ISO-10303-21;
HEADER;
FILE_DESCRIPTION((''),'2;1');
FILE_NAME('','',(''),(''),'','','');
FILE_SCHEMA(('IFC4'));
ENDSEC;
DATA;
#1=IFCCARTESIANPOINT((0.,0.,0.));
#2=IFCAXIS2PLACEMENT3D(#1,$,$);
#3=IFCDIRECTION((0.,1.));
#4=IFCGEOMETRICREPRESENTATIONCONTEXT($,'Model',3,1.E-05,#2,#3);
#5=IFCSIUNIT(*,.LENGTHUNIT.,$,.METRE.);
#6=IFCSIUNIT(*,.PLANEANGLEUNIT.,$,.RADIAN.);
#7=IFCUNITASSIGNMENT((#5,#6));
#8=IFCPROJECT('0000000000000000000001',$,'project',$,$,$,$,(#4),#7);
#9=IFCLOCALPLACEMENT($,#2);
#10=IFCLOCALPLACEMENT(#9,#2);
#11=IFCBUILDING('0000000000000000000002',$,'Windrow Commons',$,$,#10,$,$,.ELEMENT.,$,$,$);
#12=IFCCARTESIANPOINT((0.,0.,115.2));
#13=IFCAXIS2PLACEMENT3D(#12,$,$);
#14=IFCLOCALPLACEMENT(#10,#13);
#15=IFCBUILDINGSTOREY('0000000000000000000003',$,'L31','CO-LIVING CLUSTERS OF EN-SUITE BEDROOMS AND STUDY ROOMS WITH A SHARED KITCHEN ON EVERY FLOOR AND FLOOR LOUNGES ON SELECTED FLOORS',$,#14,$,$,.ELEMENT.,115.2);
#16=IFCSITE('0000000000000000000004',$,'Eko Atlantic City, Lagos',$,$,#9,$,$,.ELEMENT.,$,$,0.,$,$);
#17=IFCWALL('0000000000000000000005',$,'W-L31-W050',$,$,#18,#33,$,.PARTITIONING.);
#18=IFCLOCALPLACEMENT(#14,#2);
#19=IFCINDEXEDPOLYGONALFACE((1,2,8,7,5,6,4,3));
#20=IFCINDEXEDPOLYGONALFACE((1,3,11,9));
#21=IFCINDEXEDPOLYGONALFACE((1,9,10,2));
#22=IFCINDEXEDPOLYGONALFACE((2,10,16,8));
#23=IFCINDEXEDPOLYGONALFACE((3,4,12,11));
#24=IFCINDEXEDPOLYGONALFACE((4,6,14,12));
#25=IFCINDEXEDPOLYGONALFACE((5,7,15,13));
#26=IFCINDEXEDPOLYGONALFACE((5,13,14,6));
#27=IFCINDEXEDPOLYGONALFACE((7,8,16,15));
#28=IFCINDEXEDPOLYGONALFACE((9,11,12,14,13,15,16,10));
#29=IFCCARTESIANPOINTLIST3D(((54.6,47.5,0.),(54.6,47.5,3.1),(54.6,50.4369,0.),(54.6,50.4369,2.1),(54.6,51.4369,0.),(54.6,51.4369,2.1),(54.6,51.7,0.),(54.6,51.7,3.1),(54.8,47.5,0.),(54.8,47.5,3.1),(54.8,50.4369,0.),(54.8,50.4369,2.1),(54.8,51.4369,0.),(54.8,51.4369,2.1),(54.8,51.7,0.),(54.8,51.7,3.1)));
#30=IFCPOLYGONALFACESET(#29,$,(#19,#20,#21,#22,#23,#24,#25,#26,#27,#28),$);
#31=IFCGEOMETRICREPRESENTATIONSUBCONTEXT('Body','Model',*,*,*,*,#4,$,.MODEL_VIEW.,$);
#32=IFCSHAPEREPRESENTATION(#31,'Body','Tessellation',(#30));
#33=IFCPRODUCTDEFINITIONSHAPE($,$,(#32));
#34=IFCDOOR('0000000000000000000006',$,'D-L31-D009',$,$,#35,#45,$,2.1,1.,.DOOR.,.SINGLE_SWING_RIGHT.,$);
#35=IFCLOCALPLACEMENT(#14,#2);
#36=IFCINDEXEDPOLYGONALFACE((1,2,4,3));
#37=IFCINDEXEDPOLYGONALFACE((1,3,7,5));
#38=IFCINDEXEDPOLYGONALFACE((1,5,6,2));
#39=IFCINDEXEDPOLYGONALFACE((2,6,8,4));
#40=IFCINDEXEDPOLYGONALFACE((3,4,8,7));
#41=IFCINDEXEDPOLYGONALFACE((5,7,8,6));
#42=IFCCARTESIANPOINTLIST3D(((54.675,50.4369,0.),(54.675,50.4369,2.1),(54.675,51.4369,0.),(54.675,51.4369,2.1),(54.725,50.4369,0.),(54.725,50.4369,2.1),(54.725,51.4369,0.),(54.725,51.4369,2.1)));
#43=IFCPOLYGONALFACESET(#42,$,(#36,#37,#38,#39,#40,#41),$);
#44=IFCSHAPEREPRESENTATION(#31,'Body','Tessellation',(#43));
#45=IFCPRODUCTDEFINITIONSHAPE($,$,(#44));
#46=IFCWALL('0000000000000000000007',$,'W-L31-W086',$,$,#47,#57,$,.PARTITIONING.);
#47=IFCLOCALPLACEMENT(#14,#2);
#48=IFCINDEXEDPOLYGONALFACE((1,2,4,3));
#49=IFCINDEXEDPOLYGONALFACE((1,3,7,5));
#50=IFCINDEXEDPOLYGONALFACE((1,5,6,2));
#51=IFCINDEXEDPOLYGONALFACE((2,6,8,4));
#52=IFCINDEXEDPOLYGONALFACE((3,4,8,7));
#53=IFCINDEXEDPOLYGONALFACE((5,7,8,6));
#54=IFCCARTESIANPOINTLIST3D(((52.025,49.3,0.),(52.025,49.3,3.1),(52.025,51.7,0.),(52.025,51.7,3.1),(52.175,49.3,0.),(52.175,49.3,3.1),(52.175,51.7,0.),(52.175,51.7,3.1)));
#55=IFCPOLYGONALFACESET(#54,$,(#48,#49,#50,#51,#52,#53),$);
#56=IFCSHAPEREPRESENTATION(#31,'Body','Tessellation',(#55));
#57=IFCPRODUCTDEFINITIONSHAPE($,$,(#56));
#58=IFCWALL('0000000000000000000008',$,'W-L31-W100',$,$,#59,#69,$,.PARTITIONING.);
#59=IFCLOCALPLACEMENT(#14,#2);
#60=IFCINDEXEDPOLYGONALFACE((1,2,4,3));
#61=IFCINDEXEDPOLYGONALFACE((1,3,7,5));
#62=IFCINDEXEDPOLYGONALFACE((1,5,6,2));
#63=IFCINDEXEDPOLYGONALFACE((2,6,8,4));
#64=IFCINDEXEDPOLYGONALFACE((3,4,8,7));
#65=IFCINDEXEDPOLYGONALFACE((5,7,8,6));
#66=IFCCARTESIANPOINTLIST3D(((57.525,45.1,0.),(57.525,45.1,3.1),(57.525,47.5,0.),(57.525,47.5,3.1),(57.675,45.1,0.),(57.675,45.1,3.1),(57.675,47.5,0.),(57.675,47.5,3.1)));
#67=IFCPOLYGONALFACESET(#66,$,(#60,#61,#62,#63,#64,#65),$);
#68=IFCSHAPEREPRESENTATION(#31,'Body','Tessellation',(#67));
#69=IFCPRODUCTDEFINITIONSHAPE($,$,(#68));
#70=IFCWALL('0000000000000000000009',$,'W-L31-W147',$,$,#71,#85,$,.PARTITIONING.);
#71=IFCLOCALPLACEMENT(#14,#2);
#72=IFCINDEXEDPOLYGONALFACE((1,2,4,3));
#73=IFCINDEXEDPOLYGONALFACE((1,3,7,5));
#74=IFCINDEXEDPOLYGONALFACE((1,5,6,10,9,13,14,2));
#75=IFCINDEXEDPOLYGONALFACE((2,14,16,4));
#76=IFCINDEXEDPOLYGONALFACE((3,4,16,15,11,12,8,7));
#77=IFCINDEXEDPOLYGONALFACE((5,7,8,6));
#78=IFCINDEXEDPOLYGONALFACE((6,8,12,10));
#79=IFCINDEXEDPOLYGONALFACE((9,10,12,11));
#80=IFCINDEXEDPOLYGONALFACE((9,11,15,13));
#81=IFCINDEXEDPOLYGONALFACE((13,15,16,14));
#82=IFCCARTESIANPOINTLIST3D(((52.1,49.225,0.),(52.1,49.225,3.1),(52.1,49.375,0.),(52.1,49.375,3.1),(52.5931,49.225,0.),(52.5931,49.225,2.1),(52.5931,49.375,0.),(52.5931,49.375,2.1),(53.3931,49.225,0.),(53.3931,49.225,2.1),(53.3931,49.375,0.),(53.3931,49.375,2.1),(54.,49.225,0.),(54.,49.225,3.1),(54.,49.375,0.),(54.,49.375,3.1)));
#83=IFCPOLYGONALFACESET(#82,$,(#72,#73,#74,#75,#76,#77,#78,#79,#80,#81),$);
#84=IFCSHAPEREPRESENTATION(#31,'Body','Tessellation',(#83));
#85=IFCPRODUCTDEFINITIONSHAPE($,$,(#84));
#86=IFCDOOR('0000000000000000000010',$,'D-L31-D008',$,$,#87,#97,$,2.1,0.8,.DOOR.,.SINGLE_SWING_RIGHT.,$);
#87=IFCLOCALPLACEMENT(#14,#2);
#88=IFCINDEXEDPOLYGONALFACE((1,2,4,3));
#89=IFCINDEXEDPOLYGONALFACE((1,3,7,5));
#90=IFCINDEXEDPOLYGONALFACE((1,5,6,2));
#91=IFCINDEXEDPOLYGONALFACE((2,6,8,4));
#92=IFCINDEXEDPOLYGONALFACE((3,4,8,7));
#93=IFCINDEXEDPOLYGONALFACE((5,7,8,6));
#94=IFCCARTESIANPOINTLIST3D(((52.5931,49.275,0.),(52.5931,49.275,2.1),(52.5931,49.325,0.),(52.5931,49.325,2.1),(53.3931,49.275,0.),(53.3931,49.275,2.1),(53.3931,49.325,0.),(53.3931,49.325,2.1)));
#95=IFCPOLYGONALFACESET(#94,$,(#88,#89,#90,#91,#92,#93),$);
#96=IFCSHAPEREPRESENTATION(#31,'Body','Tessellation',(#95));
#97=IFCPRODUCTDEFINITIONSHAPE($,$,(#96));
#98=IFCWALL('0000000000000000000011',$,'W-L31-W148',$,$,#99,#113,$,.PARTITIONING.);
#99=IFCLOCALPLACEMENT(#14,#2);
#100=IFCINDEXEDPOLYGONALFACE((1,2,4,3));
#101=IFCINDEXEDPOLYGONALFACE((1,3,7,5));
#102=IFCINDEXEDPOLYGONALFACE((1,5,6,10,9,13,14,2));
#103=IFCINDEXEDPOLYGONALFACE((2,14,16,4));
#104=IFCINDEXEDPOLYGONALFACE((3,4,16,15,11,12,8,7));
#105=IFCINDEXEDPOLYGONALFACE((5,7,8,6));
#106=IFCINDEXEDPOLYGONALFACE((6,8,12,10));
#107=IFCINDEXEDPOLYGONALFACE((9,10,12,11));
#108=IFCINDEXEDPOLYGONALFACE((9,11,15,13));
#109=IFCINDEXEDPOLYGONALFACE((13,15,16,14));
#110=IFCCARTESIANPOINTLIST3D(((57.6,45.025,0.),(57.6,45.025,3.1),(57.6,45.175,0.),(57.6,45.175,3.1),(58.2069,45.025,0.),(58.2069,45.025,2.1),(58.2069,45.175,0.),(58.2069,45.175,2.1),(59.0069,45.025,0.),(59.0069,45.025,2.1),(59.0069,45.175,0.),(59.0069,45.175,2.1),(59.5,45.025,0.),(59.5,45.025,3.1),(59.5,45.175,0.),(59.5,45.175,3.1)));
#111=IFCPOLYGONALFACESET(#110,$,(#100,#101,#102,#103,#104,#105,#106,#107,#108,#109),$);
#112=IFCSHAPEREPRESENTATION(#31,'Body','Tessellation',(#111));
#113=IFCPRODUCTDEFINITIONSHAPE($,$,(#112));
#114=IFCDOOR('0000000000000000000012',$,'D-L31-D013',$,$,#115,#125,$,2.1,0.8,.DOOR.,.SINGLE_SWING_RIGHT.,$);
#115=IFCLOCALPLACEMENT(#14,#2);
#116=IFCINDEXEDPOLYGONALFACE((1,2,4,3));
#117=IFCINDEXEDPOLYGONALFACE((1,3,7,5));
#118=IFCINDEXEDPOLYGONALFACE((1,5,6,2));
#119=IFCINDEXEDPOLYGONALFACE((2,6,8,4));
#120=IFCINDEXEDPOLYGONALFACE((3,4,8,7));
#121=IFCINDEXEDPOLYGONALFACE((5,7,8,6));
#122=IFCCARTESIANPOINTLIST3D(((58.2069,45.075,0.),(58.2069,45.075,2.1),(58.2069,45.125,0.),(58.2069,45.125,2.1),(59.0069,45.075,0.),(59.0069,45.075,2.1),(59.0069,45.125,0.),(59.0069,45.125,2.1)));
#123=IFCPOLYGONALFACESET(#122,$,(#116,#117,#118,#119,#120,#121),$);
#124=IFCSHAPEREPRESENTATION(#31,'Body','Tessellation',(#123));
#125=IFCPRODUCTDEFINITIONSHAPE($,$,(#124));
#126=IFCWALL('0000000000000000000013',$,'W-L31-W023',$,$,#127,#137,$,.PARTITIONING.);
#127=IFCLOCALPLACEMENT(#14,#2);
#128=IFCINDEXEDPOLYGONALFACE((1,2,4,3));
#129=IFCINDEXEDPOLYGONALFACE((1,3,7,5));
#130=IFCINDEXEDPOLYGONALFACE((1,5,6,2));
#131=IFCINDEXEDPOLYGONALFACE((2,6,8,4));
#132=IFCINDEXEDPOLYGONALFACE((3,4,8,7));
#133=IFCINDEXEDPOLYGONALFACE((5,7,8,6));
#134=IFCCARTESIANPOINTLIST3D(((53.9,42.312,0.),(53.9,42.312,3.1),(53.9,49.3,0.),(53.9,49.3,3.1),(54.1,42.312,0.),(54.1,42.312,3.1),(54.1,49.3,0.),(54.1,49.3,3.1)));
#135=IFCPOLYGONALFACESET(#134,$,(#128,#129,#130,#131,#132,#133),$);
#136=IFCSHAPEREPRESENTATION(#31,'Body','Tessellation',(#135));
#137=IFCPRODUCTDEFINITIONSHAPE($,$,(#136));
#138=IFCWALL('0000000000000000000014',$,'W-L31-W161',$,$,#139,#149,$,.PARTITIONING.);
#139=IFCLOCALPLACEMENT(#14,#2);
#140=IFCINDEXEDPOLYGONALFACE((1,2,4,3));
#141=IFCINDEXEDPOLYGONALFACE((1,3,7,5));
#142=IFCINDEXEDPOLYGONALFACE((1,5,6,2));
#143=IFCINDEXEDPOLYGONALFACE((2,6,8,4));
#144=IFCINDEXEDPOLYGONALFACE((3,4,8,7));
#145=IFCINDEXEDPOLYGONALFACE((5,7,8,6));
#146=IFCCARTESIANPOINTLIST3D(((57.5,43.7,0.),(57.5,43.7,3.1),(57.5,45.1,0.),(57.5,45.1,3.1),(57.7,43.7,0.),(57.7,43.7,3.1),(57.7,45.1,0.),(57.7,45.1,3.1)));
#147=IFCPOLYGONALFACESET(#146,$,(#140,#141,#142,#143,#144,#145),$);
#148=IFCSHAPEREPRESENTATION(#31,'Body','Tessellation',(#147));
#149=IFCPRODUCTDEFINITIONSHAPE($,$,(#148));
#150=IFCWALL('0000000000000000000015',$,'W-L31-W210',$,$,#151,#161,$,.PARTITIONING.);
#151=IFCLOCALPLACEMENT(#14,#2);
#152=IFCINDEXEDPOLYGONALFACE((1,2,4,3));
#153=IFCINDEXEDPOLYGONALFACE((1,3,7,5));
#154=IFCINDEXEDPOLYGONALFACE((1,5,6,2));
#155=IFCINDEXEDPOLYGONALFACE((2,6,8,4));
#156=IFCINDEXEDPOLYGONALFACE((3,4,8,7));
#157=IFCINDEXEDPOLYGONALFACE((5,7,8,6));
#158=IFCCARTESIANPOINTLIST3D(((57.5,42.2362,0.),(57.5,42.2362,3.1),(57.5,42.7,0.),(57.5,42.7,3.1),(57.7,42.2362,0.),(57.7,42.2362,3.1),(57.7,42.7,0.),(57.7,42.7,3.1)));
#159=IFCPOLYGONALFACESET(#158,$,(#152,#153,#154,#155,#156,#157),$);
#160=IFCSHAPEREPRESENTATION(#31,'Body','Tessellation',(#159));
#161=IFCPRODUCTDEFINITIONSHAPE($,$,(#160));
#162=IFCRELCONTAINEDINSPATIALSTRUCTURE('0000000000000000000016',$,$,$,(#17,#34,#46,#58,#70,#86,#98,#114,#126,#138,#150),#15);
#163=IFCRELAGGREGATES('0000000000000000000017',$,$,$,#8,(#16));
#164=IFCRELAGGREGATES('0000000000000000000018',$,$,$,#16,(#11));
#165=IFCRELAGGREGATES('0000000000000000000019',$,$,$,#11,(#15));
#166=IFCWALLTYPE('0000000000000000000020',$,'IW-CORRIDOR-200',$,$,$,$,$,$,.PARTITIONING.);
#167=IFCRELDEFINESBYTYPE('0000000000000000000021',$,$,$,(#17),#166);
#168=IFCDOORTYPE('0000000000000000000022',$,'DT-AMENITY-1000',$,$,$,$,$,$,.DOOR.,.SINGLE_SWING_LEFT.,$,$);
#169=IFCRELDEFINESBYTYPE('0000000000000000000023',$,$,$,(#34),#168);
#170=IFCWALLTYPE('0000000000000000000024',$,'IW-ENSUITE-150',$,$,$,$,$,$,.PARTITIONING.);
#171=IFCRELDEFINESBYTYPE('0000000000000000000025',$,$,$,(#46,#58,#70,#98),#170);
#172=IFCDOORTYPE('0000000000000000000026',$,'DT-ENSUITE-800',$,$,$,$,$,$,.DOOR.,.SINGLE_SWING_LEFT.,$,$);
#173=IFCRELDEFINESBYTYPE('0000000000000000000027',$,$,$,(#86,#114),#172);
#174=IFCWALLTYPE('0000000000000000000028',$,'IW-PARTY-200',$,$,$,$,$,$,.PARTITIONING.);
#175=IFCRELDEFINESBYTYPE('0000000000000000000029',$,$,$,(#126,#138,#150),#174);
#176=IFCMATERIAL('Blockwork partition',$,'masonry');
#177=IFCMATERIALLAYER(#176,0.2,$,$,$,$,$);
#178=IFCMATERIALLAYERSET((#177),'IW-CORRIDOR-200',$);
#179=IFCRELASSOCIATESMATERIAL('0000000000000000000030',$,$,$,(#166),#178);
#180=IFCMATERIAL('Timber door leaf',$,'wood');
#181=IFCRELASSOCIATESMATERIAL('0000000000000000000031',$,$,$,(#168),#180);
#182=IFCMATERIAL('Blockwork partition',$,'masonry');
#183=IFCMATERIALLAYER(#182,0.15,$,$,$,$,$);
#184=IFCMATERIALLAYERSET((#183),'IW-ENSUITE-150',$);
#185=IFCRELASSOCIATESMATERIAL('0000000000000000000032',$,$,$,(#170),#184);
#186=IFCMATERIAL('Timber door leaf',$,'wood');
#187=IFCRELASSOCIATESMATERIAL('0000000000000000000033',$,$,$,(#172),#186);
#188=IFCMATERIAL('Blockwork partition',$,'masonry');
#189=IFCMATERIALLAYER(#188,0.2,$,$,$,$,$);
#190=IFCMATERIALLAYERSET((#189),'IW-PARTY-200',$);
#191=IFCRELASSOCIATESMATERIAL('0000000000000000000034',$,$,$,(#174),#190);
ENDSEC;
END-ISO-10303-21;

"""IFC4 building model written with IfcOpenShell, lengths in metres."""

from ifc_helpers import new_model, si_unit, direction, frame, frame_2d, origin, place, context, subcontext, project, spatial, rectangle, extrude, material, layer, layer_set, type_object, element, fill, save


model = new_model("IFC4")

# Units and contexts
model_context = context("Model", 3, precision=1e-05, world=origin(), true_north=direction((0.0, 1.0)))
body_context = subcontext(model_context, "Body", "Model", "MODEL_VIEW")
ifc_project = project(units=[si_unit("LENGTHUNIT", "METRE"), si_unit("PLANEANGLEUNIT", "RADIAN")], contexts=[model_context])

# Site, building, storey
site_placement = place(None, origin())
site = spatial("IfcSite", under=ifc_project, at=site_placement, Name="Eko Atlantic City, Lagos", CompositionType="ELEMENT", RefElevation=0.0)
building_placement = place(site_placement, origin())
building = spatial("IfcBuilding", under=site, at=building_placement, Name="Windrow Commons", CompositionType="ELEMENT")
storey_placement = place(building_placement, frame((0.0, 0.0, 115.2)))
storey = spatial("IfcBuildingStorey", under=building, at=storey_placement, Name="L31", Description="CO-LIVING CLUSTERS OF EN-SUITE BEDROOMS AND STUDY ROOMS WITH A SHARED KITCHEN ON EVERY FLOOR AND FLOOR LOUNGES ON SELECTED FLOORS", CompositionType="ELEMENT", Elevation=115.2)

# Shared definitions
ifc_material_1 = material(Name="Blockwork partition", Category="masonry")
ifc_layer_1 = layer(ifc_material_1, 0.2)
ifc_layer_set_1 = layer_set([ifc_layer_1], Name="IW-CORRIDOR-200")
wall_type_1 = type_object("IfcWallType", Name="IW-CORRIDOR-200", PredefinedType="PARTITIONING", material=ifc_layer_set_1)

# Wall, opening, door
wall_1_placement = place(storey_placement, frame((54.7, 47.5, 0.0), z_axis=(0.0, 0.0, 1.0), x_axis=(0.0, 1.0, 0.0)))
wall_1 = element("IfcWall", 1, at=wall_1_placement, inside=storey, type_object=wall_type_1, Name="W-L31-W050", PredefinedType="PARTITIONING", context=body_context, shape_type="SweptSolid", body=[
    extrude(rectangle(XDim=4.2, YDim=0.2, at=frame_2d((2.1, 0.0))), origin(), (0.0, 0.0, 1.0), 3.1),
])
opening_1_placement = place(wall_1_placement, frame((2.9369, 0.0, 0.0)))
opening_1 = element("IfcOpeningElement", 2, at=opening_1_placement, cuts=wall_1, PredefinedType="OPENING", context=body_context, shape_type="SweptSolid", body=[
    extrude(rectangle(XDim=1.0, YDim=2.1, at=frame_2d((0.5, 1.05))), frame((0.0, 0.11, 0.0), z_axis=(0.0, -1.0, 0.0), x_axis=(1.0, 0.0, 0.0)), (0.0, 0.0, 1.0), 0.22),
])
ifc_material_2 = material(Name="Timber door leaf", Category="wood")
door_type_1 = type_object("IfcDoorType", Name="DT-AMENITY-1000", OperationType="SINGLE_SWING_LEFT", PredefinedType="DOOR", material=ifc_material_2)
door_1_placement = place(opening_1_placement, origin())
door_1 = element("IfcDoor", 3, at=door_1_placement, inside=storey, type_object=door_type_1, Name="D-L31-D009", OperationType="SINGLE_SWING_RIGHT", OverallHeight=2.1, OverallWidth=1.0, PredefinedType="DOOR", context=body_context, shape_type="SweptSolid", body=[
    extrude(rectangle(XDim=1.0, YDim=2.1, at=frame_2d((0.5, 1.05))), frame((0.0, 0.025, 0.0), z_axis=(0.0, -1.0, 0.0), x_axis=(1.0, 0.0, 0.0)), (0.0, 0.0, 1.0), 0.05),
])
fill(opening_1, door_1)

# Walls
ifc_material_3 = material(Name="Blockwork partition", Category="masonry")
ifc_layer_2 = layer(ifc_material_3, 0.15)
ifc_layer_set_2 = layer_set([ifc_layer_2], Name="IW-ENSUITE-150")
wall_type_2 = type_object("IfcWallType", Name="IW-ENSUITE-150", PredefinedType="PARTITIONING", material=ifc_layer_set_2)
for number, where, z_axis, x_axis, name in (
    (4, (52.1, 49.3, 0.0), (0.0, 0.0, 1.0), (0.0, 1.0, 0.0), "W-L31-W086"),
    (5, (57.6, 45.1, 0.0), (0.0, 0.0, 1.0), (0.0, 1.0, 0.0), "W-L31-W100"),
):
    element("IfcWall", number, at=place(storey_placement, frame(where, z_axis=z_axis, x_axis=x_axis)), inside=storey, type_object=wall_type_2, Name=name, PredefinedType="PARTITIONING", context=body_context, shape_type="SweptSolid", body=[
        extrude(rectangle(XDim=2.4, YDim=0.15, at=frame_2d((1.2, 0.0))), origin(), (0.0, 0.0, 1.0), 3.1),
    ])

# Walls, openings, doors
wall_2_placement = place(storey_placement, frame((52.1, 49.3, 0.0), z_axis=(0.0, 0.0, 1.0), x_axis=(1.0, 0.0, 0.0)))
wall_2 = element("IfcWall", 6, at=wall_2_placement, inside=storey, type_object=wall_type_2, Name="W-L31-W147", PredefinedType="PARTITIONING", context=body_context, shape_type="SweptSolid", body=[
    extrude(rectangle(XDim=1.9, YDim=0.15, at=frame_2d((0.95, 0.0))), origin(), (0.0, 0.0, 1.0), 3.1),
])
opening_2_placement = place(wall_2_placement, frame((0.4931, 0.0, 0.0)))
opening_2 = element("IfcOpeningElement", 7, at=opening_2_placement, cuts=wall_2, PredefinedType="OPENING", context=body_context, shape_type="SweptSolid", body=[
    extrude(rectangle(XDim=0.8, YDim=2.1, at=frame_2d((0.4, 1.05))), frame((0.0, 0.085, 0.0), z_axis=(0.0, -1.0, 0.0), x_axis=(1.0, 0.0, 0.0)), (0.0, 0.0, 1.0), 0.17),
])
ifc_material_4 = material(Name="Timber door leaf", Category="wood")
door_type_2 = type_object("IfcDoorType", Name="DT-ENSUITE-800", OperationType="SINGLE_SWING_LEFT", PredefinedType="DOOR", material=ifc_material_4)
door_2_placement = place(opening_2_placement, origin())
door_2 = element("IfcDoor", 8, at=door_2_placement, inside=storey, type_object=door_type_2, Name="D-L31-D008", OperationType="SINGLE_SWING_RIGHT", OverallHeight=2.1, OverallWidth=0.8, PredefinedType="DOOR", context=body_context, shape_type="SweptSolid", body=[
    extrude(rectangle(XDim=0.8, YDim=2.1, at=frame_2d((0.4, 1.05))), frame((0.0, 0.025, 0.0), z_axis=(0.0, -1.0, 0.0), x_axis=(1.0, 0.0, 0.0)), (0.0, 0.0, 1.0), 0.05),
])
fill(opening_2, door_2)
wall_3_placement = place(storey_placement, frame((57.6, 45.1, 0.0), z_axis=(0.0, 0.0, 1.0), x_axis=(1.0, 0.0, 0.0)))
wall_3 = element("IfcWall", 9, at=wall_3_placement, inside=storey, type_object=wall_type_2, Name="W-L31-W148", PredefinedType="PARTITIONING", context=body_context, shape_type="SweptSolid", body=[
    extrude(rectangle(XDim=1.9, YDim=0.15, at=frame_2d((0.95, 0.0))), origin(), (0.0, 0.0, 1.0), 3.1),
])
opening_3_placement = place(wall_3_placement, frame((0.6069, 0.0, 0.0)))
opening_3 = element("IfcOpeningElement", 10, at=opening_3_placement, cuts=wall_3, PredefinedType="OPENING", context=body_context, shape_type="SweptSolid", body=[
    extrude(rectangle(XDim=0.8, YDim=2.1, at=frame_2d((0.4, 1.05))), frame((0.0, 0.085, 0.0), z_axis=(0.0, -1.0, 0.0), x_axis=(1.0, 0.0, 0.0)), (0.0, 0.0, 1.0), 0.17),
])
door_3_placement = place(opening_3_placement, origin())
door_3 = element("IfcDoor", 11, at=door_3_placement, inside=storey, type_object=door_type_2, Name="D-L31-D013", OperationType="SINGLE_SWING_RIGHT", OverallHeight=2.1, OverallWidth=0.8, PredefinedType="DOOR", context=body_context, shape_type="SweptSolid", body=[
    extrude(rectangle(XDim=0.8, YDim=2.1, at=frame_2d((0.4, 1.05))), frame((0.0, 0.025, 0.0), z_axis=(0.0, -1.0, 0.0), x_axis=(1.0, 0.0, 0.0)), (0.0, 0.0, 1.0), 0.05),
])
fill(opening_3, door_3)

# Walls
ifc_material_5 = material(Name="Blockwork partition", Category="masonry")
ifc_layer_3 = layer(ifc_material_5, 0.2)
ifc_layer_set_3 = layer_set([ifc_layer_3], Name="IW-PARTY-200")
wall_type_3 = type_object("IfcWallType", Name="IW-PARTY-200", PredefinedType="PARTITIONING", material=ifc_layer_set_3)
wall_4_placement = place(storey_placement, frame((54.0, 42.3121, 0.0), z_axis=(0.0, 0.0, 1.0), x_axis=(0.0, 1.0, 0.0)))
element("IfcWall", 12, at=wall_4_placement, inside=storey, type_object=wall_type_3, Name="W-L31-W023", PredefinedType="PARTITIONING", context=body_context, shape_type="SweptSolid", body=[
    extrude(rectangle(XDim=6.9879, YDim=0.2, at=frame_2d((3.4939, 0.0))), origin(), (0.0, 0.0, 1.0), 3.1),
])
wall_5_placement = place(storey_placement, frame((57.6, 43.7, 0.0), z_axis=(0.0, 0.0, 1.0), x_axis=(0.0, 1.0, 0.0)))
element("IfcWall", 13, at=wall_5_placement, inside=storey, type_object=wall_type_3, Name="W-L31-W161", PredefinedType="PARTITIONING", context=body_context, shape_type="SweptSolid", body=[
    extrude(rectangle(XDim=1.4, YDim=0.2, at=frame_2d((0.7, 0.0))), origin(), (0.0, 0.0, 1.0), 3.1),
])
wall_6_placement = place(storey_placement, frame((57.6, 42.2362, 0.0), z_axis=(0.0, 0.0, 1.0), x_axis=(0.0, 1.0, 0.0)))
element("IfcWall", 14, at=wall_6_placement, inside=storey, type_object=wall_type_3, Name="W-L31-W210", PredefinedType="PARTITIONING", context=body_context, shape_type="SweptSolid", body=[
    extrude(rectangle(XDim=0.4638, YDim=0.2, at=frame_2d((0.2319, 0.0))), origin(), (0.0, 0.0, 1.0), 3.1),
])

save(model, "model.ifc")
